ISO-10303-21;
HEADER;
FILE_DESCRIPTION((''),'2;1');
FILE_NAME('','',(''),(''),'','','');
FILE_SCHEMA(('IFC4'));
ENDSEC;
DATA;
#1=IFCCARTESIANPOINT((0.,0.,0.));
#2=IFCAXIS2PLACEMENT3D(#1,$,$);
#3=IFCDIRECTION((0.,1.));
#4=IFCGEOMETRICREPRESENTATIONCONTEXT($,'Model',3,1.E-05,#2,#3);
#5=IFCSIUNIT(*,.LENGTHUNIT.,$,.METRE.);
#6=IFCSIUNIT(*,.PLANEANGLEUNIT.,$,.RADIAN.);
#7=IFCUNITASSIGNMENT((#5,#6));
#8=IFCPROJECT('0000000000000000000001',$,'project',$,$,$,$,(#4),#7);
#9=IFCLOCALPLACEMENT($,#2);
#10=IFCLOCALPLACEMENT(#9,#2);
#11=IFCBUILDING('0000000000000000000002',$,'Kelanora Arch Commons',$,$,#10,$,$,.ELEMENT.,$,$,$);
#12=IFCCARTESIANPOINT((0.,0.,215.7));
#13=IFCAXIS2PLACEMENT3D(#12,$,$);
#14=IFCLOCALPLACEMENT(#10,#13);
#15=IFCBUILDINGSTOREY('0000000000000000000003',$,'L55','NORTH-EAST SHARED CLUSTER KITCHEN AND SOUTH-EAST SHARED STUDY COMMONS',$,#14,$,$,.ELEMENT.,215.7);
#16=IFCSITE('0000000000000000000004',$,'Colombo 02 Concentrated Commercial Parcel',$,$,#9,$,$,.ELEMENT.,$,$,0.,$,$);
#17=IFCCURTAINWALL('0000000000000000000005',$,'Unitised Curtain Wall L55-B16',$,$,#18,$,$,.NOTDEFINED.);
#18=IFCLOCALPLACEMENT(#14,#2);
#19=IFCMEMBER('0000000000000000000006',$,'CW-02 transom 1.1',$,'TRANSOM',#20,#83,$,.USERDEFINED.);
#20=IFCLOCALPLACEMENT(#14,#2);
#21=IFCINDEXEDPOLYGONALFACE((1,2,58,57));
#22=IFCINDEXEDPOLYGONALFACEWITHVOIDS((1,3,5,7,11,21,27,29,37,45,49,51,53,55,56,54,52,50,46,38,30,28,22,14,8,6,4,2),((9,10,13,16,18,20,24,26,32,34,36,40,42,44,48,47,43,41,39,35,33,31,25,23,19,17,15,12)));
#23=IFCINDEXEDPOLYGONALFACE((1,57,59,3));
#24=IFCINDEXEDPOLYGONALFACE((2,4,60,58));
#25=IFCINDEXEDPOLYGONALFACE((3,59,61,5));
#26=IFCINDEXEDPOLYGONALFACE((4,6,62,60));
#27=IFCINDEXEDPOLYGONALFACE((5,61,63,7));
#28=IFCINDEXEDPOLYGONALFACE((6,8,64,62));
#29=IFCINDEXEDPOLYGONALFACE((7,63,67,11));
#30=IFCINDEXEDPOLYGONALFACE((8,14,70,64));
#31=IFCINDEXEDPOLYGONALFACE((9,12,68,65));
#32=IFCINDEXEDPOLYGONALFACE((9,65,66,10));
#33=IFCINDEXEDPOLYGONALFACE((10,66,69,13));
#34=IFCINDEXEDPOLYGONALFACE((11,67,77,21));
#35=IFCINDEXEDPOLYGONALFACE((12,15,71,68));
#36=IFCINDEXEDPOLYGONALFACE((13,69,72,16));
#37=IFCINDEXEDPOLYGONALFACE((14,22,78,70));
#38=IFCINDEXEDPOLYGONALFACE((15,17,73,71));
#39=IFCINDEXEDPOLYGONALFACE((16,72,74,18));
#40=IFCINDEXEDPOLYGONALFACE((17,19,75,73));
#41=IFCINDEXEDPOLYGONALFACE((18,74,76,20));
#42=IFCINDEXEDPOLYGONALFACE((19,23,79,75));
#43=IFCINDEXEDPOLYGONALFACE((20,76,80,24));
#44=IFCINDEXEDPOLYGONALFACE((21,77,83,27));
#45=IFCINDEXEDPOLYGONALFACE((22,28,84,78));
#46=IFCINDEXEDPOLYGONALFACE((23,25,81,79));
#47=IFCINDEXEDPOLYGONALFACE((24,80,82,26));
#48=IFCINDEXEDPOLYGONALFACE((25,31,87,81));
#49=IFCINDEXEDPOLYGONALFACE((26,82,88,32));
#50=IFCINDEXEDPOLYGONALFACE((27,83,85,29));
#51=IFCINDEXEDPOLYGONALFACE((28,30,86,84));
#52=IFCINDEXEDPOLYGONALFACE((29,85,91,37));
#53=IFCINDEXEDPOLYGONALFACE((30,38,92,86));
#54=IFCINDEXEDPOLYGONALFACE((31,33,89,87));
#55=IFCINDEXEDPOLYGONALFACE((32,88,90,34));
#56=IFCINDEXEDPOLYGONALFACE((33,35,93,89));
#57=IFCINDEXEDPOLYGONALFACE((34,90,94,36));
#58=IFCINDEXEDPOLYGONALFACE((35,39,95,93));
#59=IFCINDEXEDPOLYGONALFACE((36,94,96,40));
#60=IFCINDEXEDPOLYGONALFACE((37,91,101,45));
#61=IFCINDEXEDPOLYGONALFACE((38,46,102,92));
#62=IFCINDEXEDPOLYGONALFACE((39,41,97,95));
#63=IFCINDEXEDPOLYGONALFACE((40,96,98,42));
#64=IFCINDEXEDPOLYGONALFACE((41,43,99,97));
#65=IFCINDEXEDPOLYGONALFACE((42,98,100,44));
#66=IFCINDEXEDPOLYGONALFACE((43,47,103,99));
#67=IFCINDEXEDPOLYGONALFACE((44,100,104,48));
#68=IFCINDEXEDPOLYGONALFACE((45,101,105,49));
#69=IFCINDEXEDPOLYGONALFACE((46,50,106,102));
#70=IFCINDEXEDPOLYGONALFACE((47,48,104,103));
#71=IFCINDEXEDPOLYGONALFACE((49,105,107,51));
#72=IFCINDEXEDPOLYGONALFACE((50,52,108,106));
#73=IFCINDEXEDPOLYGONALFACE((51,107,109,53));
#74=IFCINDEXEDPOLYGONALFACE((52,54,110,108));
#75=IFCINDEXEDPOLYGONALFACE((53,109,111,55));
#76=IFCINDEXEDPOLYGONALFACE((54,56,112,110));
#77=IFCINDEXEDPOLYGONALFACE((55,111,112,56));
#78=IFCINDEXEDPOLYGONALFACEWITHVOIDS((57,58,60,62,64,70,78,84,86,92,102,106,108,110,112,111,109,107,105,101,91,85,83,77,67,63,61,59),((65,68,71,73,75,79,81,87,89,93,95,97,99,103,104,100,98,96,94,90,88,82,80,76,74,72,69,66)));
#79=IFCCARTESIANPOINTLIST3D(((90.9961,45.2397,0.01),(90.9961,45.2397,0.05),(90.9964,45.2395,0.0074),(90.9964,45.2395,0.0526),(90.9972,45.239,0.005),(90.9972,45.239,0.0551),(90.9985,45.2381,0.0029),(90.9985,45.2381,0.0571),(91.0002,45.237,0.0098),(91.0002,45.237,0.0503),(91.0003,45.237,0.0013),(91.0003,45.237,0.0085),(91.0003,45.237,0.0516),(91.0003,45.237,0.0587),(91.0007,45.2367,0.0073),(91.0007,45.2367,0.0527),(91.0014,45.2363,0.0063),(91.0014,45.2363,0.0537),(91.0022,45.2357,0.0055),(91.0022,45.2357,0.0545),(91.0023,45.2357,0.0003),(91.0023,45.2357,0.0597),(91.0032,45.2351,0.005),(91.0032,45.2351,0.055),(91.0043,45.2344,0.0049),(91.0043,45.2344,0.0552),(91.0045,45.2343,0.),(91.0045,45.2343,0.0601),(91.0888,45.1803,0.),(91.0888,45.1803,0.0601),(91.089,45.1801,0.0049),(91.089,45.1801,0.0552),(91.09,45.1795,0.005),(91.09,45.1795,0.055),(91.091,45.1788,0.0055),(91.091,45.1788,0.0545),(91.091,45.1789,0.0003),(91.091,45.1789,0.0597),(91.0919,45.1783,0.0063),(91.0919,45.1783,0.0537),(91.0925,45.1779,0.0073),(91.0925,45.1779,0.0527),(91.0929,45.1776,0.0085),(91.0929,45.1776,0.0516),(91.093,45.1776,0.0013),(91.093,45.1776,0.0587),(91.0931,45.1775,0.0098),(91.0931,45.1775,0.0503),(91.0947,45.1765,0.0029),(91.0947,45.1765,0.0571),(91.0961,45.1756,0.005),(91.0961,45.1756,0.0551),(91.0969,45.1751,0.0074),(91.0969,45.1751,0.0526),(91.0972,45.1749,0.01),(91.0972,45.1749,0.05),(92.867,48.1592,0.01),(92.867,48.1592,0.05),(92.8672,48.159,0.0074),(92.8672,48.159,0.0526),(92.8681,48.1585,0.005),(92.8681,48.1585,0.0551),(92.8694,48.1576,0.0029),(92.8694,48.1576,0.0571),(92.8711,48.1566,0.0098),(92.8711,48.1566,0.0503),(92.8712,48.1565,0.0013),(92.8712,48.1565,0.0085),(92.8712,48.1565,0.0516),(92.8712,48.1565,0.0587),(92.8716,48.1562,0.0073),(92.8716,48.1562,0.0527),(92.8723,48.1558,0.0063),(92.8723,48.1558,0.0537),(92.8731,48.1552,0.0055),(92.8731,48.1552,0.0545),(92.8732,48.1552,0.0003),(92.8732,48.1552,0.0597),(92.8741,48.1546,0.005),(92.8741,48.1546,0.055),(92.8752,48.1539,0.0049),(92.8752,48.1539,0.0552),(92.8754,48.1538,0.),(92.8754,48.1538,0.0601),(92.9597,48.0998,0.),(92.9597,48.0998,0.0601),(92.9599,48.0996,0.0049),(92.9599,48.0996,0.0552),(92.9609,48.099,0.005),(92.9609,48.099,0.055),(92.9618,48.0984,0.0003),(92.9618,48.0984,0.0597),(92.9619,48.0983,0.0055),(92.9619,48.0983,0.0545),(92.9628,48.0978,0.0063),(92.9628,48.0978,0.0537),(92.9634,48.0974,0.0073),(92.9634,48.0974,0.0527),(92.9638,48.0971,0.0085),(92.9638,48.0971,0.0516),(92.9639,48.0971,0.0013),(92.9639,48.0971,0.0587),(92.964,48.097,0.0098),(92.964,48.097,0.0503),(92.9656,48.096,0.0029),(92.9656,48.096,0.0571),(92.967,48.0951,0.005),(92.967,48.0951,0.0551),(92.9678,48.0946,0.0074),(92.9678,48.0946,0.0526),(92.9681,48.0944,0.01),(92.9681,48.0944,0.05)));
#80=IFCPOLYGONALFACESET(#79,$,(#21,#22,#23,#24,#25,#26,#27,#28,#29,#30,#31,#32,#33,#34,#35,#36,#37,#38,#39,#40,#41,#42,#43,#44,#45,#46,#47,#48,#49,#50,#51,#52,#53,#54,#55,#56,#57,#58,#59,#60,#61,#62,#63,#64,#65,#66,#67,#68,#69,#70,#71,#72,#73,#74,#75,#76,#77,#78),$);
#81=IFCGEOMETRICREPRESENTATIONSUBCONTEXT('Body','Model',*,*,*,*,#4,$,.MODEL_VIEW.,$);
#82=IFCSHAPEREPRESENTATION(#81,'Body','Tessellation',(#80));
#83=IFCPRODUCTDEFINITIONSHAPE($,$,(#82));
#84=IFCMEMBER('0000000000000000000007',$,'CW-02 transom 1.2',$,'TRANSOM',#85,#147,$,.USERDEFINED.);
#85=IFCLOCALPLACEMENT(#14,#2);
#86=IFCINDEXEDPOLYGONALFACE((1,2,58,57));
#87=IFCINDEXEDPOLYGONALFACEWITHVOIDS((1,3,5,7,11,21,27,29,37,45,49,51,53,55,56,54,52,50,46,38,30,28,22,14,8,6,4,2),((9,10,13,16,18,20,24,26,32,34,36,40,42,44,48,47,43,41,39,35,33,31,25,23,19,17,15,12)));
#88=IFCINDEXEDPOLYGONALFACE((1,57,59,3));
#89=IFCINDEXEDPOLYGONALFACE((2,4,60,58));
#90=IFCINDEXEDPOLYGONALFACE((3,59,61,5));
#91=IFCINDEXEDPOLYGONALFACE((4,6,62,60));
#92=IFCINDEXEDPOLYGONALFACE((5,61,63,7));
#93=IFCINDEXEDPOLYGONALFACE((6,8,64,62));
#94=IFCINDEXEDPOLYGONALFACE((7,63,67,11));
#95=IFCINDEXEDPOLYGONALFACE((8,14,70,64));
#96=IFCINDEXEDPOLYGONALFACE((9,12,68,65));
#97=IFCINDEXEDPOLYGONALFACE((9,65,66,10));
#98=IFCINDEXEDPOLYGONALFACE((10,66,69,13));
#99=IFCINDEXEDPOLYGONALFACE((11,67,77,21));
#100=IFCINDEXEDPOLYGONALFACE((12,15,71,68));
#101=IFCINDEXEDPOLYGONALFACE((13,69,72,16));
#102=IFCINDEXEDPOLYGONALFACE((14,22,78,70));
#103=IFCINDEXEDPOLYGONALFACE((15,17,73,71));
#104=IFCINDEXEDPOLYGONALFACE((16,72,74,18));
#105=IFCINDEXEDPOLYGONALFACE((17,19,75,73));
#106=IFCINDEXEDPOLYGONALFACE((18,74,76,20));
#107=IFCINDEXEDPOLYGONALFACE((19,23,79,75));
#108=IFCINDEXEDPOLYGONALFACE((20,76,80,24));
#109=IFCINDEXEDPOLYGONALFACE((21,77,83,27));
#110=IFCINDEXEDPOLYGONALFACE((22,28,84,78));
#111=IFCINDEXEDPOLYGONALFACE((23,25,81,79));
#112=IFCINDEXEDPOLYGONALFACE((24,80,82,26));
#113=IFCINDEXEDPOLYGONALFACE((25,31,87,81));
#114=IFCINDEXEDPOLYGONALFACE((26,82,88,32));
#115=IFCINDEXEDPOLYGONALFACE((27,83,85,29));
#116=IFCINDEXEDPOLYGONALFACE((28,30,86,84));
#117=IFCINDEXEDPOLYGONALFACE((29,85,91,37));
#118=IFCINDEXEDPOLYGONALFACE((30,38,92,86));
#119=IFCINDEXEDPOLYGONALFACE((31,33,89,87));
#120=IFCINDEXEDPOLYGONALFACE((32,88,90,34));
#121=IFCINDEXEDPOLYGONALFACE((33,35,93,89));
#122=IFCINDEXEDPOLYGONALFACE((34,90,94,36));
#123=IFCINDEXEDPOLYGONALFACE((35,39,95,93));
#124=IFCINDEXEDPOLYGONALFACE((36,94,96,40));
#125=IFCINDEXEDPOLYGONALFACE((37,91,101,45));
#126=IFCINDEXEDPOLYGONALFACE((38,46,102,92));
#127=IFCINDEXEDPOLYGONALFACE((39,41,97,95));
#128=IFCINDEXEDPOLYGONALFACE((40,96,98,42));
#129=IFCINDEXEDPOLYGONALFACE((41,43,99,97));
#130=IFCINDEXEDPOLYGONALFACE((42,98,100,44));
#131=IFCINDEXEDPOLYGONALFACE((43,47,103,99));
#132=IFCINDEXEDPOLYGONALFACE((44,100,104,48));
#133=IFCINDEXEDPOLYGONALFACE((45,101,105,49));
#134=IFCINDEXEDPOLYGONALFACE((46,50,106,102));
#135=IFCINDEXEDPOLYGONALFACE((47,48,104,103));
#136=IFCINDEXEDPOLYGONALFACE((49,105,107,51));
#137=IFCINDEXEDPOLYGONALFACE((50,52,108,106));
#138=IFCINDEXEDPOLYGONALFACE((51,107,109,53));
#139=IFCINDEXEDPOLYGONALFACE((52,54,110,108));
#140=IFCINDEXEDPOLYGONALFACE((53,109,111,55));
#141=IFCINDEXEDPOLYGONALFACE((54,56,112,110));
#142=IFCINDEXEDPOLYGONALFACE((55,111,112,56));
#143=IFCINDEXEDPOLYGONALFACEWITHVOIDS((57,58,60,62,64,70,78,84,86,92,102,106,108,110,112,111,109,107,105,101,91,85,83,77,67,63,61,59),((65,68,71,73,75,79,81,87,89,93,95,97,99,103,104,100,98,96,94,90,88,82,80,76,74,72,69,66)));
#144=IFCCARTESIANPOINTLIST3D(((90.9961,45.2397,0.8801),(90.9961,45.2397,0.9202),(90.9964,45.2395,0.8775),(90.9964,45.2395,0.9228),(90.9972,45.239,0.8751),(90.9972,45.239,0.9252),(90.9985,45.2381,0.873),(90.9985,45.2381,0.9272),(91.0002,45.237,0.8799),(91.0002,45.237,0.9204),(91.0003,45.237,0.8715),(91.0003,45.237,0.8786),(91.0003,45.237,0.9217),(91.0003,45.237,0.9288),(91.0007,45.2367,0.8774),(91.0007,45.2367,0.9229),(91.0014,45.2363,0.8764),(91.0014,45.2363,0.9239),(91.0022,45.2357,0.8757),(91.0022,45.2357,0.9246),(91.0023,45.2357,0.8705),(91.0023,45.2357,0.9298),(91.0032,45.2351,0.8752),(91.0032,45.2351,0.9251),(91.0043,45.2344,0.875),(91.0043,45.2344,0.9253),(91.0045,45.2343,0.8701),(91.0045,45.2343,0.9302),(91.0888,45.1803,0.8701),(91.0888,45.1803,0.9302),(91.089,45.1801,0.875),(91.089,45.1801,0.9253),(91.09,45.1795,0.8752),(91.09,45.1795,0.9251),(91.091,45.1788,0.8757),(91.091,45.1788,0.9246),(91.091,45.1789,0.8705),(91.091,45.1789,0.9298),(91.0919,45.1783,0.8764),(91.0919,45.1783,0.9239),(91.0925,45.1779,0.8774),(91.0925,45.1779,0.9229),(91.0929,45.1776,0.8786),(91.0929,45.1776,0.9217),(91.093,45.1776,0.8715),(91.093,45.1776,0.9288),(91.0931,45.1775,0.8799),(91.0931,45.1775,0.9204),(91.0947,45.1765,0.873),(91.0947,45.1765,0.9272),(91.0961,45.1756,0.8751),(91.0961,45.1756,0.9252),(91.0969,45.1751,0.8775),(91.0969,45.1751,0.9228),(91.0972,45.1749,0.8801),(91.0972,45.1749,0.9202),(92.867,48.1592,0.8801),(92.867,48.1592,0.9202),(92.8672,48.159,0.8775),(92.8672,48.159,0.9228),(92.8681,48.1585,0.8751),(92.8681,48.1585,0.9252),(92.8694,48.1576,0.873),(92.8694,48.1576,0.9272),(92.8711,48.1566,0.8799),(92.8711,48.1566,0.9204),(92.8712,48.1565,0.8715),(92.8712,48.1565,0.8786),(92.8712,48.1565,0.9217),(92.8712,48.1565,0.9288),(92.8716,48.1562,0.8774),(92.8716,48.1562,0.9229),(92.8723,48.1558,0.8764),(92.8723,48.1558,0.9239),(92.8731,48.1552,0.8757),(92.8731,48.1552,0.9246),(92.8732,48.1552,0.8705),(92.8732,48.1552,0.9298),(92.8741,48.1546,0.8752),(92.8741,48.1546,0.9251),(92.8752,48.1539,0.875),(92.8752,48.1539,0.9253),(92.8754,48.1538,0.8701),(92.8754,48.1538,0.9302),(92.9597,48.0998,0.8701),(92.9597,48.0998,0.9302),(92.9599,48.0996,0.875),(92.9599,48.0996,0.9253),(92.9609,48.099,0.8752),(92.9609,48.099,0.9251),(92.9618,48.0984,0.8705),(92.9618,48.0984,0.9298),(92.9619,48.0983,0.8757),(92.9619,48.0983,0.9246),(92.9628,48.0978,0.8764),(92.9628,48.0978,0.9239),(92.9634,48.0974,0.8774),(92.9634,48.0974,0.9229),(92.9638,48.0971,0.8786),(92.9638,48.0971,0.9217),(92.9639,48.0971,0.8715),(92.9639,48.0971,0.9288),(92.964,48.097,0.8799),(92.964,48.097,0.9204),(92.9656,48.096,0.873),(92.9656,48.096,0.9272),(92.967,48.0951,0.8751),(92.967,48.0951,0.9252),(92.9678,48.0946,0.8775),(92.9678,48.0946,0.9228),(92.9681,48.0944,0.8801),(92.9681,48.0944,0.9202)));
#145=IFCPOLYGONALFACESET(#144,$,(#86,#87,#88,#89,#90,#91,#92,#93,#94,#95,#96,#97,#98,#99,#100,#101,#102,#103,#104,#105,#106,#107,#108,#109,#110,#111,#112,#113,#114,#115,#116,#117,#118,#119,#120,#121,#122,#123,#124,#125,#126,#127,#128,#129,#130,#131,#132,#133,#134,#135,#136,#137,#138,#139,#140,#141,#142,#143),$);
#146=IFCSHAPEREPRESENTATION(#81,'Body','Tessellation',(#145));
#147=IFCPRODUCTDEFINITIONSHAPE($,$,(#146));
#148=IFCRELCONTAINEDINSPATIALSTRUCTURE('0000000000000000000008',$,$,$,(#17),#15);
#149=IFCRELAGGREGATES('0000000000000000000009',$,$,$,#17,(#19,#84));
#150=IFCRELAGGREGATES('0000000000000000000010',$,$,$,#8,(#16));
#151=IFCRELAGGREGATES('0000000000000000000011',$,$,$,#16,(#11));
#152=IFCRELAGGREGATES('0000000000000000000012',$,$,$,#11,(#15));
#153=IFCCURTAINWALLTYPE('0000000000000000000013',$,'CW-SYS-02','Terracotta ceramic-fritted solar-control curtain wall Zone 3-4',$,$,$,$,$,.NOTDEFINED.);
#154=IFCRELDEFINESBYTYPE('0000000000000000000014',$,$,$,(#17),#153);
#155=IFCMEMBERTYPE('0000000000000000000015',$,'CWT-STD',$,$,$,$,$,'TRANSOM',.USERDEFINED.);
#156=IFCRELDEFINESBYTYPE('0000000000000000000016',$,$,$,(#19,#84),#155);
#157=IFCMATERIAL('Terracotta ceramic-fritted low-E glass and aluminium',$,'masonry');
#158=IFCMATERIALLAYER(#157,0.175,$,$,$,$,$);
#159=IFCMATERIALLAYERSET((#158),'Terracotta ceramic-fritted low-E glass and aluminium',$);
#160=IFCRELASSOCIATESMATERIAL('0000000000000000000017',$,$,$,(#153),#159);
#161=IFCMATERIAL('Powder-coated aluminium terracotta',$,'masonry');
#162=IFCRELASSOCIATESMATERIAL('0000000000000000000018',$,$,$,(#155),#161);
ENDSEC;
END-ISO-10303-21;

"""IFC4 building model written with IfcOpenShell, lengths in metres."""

from ifc_helpers import new_model, si_unit, direction, frame, origin, origin_2d, place, context, subcontext, project, spatial, hollow_rectangle, extrude, material, layer, layer_set, material_profile, profile_set, type_object, element, aggregate, save


model = new_model("IFC4")

# Units and contexts
model_context = context("Model", 3, precision=1e-05, world=origin(), true_north=direction((0.0, 1.0)))
body_context = subcontext(model_context, "Body", "Model", "MODEL_VIEW")
ifc_project = project(units=[si_unit("LENGTHUNIT", "METRE"), si_unit("PLANEANGLEUNIT", "RADIAN")], contexts=[model_context])

# Site, building, storey
site_placement = place(None, origin())
site = spatial("IfcSite", under=ifc_project, at=site_placement, Name="Colombo 02 Concentrated Commercial Parcel", CompositionType="ELEMENT", RefElevation=0.0)
building_placement = place(site_placement, origin())
building = spatial("IfcBuilding", under=site, at=building_placement, Name="Kelanora Arch Commons", CompositionType="ELEMENT")
storey_placement = place(building_placement, frame((0.0, 0.0, 215.7)))
storey = spatial("IfcBuildingStorey", under=building, at=storey_placement, Name="L55", Description="NORTH-EAST SHARED CLUSTER KITCHEN AND SOUTH-EAST SHARED STUDY COMMONS", CompositionType="ELEMENT", Elevation=215.7)

# Shared definitions
ifc_material_1 = material(Name="Terracotta ceramic-fritted low-E glass and aluminium", Category="masonry")
ifc_layer_1 = layer(ifc_material_1, 0.175)
ifc_layer_set_1 = layer_set([ifc_layer_1], Name="Terracotta ceramic-fritted low-E glass and aluminium")
curtain_wall_type = type_object("IfcCurtainWallType", Name="CW-SYS-02", Description="Terracotta ceramic-fritted solar-control curtain wall Zone 3-4", PredefinedType="NOTDEFINED", material=ifc_layer_set_1)
ifc_material_2 = material(Name="Powder-coated aluminium terracotta", Category="masonry")

# Curtain wall, members
curtain_wall_1_placement = place(storey_placement, origin())
curtain_wall_1 = element("IfcCurtainWall", 1, at=curtain_wall_1_placement, inside=storey, type_object=curtain_wall_type, Name="Unitised Curtain Wall L55-B16", PredefinedType="NOTDEFINED")
ifc_material_profile_1 = material_profile(ifc_material_2, hollow_rectangle(XDim=0.1201, YDim=0.0601, WallThickness=0.0049, InnerFilletRadius=0.0049, OuterFilletRadius=0.01, at=origin_2d()), Name="CWT120x60")
ifc_profile_set_1 = profile_set([ifc_material_profile_1], Name="Powder-coated aluminium terracotta")
member_type_1 = type_object("IfcMemberType", Name="CWT-STD", ElementType="TRANSOM", PredefinedType="USERDEFINED", material=ifc_profile_set_1)
member_1_placement = place(storey_placement, frame((91.0466, 45.2073, 0.03), z_axis=(0.539547, 0.841955, 0.0), x_axis=(-0.841955, 0.539547, 0.0)))
member_1 = element("IfcMember", 2, at=member_1_placement, type_object=member_type_1, Name="CW-02 transom 1.1", ObjectType="TRANSOM", PredefinedType="USERDEFINED", context=body_context, shape_type="SweptSolid", body=[
    extrude(hollow_rectangle(XDim=0.1201, YDim=0.0601, WallThickness=0.0049, InnerFilletRadius=0.0049, OuterFilletRadius=0.01, at=origin_2d()), origin(), (0.0, 0.0, 1.0), 3.4675),
])
member_2_placement = place(storey_placement, frame((91.0466, 45.2073, 0.9001), z_axis=(0.539547, 0.841955, 0.0), x_axis=(-0.841955, 0.539547, 0.0)))
member_2 = element("IfcMember", 3, at=member_2_placement, type_object=member_type_1, Name="CW-02 transom 1.2", ObjectType="TRANSOM", PredefinedType="USERDEFINED", context=body_context, shape_type="SweptSolid", body=[
    extrude(hollow_rectangle(XDim=0.1201, YDim=0.0601, WallThickness=0.0049, InnerFilletRadius=0.0049, OuterFilletRadius=0.01, at=origin_2d()), origin(), (0.0, 0.0, 1.0), 3.4675),
])

aggregate(curtain_wall_1, [member_1, member_2])

save(model, "model.ifc")
